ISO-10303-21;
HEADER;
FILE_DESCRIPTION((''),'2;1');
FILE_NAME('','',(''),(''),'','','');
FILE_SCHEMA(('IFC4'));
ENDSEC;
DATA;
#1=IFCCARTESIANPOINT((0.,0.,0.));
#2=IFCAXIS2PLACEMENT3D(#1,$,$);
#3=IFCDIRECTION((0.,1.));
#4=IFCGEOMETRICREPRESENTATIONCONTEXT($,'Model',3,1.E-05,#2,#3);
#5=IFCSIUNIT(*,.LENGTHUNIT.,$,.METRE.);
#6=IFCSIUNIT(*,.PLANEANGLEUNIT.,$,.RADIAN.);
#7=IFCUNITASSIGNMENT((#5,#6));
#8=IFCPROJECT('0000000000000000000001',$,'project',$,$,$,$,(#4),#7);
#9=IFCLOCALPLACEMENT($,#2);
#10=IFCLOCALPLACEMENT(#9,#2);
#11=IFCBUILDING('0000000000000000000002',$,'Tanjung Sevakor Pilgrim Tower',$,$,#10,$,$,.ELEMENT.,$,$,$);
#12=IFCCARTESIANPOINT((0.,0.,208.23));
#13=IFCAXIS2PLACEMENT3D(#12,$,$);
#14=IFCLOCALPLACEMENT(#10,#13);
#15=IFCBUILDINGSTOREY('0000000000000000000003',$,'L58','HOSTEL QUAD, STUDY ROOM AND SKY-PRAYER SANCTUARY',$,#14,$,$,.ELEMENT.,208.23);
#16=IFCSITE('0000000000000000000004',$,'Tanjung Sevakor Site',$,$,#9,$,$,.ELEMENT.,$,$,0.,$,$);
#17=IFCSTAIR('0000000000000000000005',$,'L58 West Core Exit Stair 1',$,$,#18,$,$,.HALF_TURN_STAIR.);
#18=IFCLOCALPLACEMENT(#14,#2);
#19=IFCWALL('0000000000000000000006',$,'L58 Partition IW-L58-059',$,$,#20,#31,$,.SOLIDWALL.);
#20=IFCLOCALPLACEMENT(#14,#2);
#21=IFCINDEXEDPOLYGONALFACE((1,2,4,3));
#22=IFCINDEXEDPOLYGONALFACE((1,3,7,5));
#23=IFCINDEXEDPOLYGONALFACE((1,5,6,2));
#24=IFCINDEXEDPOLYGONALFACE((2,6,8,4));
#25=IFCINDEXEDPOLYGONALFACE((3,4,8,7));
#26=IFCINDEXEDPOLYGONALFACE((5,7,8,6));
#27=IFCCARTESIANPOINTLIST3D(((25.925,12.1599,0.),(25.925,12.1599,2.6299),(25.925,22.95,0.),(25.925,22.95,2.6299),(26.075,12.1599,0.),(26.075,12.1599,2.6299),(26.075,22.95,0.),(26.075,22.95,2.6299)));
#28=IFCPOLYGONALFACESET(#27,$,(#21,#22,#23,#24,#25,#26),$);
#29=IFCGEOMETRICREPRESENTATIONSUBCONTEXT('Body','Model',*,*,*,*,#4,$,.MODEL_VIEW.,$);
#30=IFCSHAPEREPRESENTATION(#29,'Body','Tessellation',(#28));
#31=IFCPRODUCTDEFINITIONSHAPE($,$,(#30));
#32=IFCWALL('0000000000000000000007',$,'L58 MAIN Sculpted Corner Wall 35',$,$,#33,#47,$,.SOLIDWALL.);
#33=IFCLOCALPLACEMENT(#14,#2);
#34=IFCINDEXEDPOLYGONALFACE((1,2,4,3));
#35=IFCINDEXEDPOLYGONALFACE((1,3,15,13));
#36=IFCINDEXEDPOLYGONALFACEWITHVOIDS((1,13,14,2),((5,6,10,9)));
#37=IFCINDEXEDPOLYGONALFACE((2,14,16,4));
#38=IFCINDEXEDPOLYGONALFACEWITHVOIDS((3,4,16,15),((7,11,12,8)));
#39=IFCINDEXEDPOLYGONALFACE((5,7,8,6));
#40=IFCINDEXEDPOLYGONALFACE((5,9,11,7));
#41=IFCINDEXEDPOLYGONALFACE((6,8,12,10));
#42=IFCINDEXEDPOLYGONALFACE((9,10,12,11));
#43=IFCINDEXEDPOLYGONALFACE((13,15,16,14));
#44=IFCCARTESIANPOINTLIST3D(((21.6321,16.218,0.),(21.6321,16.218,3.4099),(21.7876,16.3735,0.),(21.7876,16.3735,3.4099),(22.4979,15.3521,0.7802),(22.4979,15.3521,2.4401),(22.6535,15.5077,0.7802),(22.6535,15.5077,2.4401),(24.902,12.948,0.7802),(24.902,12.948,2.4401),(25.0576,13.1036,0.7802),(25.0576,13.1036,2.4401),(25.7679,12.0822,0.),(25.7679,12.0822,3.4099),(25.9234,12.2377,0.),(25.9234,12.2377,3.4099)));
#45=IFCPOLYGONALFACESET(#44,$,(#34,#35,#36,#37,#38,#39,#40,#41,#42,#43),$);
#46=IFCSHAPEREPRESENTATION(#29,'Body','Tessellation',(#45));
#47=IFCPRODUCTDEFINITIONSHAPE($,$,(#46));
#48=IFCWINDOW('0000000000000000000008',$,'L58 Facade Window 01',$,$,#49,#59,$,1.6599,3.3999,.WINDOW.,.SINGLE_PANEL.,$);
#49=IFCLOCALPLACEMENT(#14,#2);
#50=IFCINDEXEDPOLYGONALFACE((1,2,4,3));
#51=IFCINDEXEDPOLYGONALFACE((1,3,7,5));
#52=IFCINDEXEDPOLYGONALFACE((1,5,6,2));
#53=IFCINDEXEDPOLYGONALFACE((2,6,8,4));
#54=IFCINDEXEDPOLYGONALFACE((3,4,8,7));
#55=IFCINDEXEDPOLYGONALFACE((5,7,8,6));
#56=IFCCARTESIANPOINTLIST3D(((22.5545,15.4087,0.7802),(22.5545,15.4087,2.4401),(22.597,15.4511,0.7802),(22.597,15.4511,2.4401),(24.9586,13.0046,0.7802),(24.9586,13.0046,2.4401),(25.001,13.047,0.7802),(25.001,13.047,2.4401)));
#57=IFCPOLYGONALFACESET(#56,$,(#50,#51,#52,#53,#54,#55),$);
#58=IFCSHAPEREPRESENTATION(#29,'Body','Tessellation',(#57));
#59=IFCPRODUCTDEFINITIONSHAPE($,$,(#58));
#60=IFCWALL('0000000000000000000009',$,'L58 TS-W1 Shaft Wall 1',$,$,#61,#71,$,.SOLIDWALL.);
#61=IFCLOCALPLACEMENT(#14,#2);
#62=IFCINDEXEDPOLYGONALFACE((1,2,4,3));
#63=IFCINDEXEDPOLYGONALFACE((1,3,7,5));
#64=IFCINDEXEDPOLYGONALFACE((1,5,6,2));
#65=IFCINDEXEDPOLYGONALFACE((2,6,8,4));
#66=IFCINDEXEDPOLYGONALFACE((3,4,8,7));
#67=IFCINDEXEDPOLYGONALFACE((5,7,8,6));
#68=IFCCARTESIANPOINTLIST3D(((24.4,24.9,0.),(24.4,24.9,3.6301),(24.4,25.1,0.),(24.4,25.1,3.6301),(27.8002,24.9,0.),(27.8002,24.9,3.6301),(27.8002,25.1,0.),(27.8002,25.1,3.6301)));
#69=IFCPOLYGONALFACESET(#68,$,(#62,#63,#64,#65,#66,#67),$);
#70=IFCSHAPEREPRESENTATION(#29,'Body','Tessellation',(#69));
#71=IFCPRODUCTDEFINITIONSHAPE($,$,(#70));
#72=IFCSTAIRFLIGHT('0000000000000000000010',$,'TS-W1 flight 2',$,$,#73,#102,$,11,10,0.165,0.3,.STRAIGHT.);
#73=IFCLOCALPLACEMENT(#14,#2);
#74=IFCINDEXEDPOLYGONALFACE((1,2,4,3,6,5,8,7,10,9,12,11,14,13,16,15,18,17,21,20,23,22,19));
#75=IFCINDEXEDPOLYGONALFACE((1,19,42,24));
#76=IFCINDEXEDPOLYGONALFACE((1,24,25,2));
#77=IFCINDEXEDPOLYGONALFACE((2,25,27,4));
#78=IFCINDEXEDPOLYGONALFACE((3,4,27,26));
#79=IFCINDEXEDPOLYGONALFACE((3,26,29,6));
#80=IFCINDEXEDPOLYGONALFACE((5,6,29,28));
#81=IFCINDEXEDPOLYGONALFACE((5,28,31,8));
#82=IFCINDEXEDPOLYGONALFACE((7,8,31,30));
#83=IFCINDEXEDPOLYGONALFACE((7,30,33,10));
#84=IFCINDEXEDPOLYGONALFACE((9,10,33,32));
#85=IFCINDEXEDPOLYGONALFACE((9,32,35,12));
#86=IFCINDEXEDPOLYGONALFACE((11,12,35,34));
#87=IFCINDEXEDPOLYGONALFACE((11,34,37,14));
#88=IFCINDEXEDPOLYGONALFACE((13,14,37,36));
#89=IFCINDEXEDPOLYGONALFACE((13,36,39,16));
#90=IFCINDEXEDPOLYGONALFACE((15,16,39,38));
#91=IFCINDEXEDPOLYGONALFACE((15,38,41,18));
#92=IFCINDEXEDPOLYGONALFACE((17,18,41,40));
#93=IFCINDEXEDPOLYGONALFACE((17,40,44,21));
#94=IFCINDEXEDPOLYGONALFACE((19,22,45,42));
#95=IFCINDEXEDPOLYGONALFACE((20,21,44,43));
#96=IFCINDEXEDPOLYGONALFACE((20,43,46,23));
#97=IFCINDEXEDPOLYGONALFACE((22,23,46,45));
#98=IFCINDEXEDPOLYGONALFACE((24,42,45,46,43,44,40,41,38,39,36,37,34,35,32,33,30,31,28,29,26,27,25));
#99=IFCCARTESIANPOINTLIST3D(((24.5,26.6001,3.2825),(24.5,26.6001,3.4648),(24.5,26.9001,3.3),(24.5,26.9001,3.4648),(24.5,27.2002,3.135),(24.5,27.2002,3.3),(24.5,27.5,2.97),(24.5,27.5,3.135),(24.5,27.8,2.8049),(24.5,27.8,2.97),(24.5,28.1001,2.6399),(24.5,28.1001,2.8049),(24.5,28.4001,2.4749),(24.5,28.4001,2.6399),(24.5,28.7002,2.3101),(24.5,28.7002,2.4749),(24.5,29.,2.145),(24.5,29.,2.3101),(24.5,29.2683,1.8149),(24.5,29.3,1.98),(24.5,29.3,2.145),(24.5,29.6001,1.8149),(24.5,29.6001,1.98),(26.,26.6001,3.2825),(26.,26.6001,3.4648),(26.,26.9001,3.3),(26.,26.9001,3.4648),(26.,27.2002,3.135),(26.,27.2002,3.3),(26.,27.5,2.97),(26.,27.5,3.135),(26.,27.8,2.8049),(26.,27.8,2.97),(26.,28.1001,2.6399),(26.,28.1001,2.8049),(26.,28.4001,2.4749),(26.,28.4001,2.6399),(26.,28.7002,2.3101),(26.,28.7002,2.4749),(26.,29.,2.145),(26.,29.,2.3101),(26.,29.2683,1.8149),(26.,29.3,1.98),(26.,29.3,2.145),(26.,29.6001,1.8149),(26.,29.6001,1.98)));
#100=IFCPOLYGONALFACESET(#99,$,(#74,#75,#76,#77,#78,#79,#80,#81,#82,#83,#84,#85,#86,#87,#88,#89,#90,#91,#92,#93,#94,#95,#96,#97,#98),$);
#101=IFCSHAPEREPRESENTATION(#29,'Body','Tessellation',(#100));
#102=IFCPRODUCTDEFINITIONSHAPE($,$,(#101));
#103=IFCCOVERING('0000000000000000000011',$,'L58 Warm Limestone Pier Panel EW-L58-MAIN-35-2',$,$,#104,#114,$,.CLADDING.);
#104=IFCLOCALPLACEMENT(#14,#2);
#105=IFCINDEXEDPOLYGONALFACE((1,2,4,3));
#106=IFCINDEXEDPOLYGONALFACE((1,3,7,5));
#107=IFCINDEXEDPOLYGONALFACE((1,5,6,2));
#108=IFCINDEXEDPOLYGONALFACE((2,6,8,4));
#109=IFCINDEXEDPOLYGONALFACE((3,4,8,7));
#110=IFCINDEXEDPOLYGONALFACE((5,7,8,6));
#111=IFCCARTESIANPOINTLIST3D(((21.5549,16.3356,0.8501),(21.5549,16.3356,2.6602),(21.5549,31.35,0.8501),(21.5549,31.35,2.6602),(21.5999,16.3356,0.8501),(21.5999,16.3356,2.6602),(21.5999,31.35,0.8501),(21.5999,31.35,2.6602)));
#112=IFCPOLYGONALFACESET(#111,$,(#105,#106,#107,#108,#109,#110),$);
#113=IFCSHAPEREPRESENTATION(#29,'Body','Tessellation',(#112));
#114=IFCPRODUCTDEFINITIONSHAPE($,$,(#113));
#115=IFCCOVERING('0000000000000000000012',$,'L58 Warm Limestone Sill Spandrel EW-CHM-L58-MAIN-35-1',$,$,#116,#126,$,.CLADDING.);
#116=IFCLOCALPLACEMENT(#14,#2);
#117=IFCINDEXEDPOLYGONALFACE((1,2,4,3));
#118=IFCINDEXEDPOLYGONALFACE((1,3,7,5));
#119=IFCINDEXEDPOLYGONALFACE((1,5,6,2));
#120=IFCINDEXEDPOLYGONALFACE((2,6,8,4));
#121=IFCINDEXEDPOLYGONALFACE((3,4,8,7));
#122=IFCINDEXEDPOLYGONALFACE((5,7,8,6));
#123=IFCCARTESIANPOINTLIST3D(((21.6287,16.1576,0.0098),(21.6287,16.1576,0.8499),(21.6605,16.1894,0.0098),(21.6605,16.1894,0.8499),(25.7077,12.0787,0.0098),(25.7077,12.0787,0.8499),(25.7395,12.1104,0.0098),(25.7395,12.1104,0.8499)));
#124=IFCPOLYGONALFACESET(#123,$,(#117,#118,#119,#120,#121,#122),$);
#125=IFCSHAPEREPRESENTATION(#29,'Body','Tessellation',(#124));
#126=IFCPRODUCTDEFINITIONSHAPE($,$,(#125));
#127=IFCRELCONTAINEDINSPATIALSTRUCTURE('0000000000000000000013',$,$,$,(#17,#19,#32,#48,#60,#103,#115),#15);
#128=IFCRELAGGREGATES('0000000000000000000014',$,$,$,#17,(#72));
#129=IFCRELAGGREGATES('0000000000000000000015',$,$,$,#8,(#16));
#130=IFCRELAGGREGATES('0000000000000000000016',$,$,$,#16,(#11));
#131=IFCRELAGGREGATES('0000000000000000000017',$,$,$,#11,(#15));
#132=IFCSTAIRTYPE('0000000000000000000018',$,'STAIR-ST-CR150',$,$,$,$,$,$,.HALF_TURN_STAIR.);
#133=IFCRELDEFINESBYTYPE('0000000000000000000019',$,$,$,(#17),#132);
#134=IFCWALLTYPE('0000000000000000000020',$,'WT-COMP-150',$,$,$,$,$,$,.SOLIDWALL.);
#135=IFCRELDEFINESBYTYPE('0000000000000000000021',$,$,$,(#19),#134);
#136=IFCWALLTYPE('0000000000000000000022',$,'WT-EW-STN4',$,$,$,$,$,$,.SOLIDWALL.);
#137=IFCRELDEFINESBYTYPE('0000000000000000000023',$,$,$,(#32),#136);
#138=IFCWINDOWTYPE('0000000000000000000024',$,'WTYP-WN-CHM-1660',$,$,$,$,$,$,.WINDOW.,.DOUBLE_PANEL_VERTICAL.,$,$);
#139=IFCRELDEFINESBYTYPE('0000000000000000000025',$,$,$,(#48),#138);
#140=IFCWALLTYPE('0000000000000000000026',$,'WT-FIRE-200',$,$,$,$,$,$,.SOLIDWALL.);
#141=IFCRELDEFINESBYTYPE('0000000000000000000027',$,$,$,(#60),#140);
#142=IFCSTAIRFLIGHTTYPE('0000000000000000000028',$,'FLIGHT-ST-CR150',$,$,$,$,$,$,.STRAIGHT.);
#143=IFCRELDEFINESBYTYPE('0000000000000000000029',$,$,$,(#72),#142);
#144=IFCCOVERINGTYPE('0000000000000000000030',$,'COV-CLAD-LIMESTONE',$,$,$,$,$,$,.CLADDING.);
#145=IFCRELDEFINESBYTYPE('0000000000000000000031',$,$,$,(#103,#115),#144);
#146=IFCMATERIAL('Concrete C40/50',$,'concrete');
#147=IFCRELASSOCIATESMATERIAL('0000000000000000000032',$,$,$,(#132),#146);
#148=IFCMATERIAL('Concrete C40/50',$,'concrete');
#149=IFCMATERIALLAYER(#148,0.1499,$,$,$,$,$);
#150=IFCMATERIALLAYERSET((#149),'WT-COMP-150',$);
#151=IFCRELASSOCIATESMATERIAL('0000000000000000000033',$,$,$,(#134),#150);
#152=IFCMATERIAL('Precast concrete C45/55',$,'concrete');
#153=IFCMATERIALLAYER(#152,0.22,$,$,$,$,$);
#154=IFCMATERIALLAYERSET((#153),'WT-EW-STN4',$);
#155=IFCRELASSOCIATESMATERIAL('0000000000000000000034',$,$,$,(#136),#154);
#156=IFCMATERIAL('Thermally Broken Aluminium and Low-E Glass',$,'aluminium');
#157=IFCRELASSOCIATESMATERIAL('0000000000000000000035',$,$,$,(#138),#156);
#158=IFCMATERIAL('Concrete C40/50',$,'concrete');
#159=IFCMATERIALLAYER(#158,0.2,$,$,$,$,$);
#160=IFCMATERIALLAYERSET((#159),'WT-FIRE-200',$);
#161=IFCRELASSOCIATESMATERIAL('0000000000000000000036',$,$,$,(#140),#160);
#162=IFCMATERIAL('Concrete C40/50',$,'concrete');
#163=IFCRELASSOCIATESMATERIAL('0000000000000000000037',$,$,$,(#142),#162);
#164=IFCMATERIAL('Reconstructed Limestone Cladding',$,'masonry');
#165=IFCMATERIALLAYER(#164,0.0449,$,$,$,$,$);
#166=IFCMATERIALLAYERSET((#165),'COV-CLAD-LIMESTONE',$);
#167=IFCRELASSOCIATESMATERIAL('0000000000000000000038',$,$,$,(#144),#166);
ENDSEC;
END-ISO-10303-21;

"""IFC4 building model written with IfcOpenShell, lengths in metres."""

from ifc_helpers import new_model, si_unit, direction, frame, frame_2d, origin, origin_2d, place, context, subcontext, project, spatial, polyline, rectangle, outline, extrude, material, layer, layer_set, type_object, element, fill, aggregate, save


model = new_model("IFC4")

# Units and contexts
model_context = context("Model", 3, precision=1e-05, world=origin(), true_north=direction((0.0, 1.0)))
body_context = subcontext(model_context, "Body", "Model", "MODEL_VIEW")
ifc_project = project(units=[si_unit("LENGTHUNIT", "METRE"), si_unit("PLANEANGLEUNIT", "RADIAN")], contexts=[model_context])

# Site, building, storey
site_placement = place(None, origin())
site = spatial("IfcSite", under=ifc_project, at=site_placement, Name="Tanjung Sevakor Site", CompositionType="ELEMENT", RefElevation=0.0)
building_placement = place(site_placement, origin())
building = spatial("IfcBuilding", under=site, at=building_placement, Name="Tanjung Sevakor Pilgrim Tower", CompositionType="ELEMENT")
storey_placement = place(building_placement, frame((0.0, 0.0, 208.23)))
storey = spatial("IfcBuildingStorey", under=building, at=storey_placement, Name="L58", Description="HOSTEL QUAD, STUDY ROOM AND SKY-PRAYER SANCTUARY", CompositionType="ELEMENT", Elevation=208.23)

# Stair
ifc_material_1 = material(Name="Concrete C40/50", Category="concrete")
stair_type = type_object("IfcStairType", Name="STAIR-ST-CR150", PredefinedType="HALF_TURN_STAIR", material=ifc_material_1)
stair_1_placement = place(storey_placement, origin())
stair_1 = element("IfcStair", 1, at=stair_1_placement, inside=storey, type_object=stair_type, Name="L58 West Core Exit Stair 1", PredefinedType="HALF_TURN_STAIR")

# Wall
ifc_material_2 = material(Name="Concrete C40/50", Category="concrete")
ifc_layer_1 = layer(ifc_material_2, 0.1499)
ifc_layer_set_1 = layer_set([ifc_layer_1], Name="WT-COMP-150")
wall_type_1 = type_object("IfcWallType", Name="WT-COMP-150", PredefinedType="SOLIDWALL", material=ifc_layer_set_1)
wall_1_placement = place(storey_placement, frame((26.0, 12.1599, 0.0), z_axis=(0.0, 0.0, 1.0), x_axis=(0.0, 1.0, 0.0)))
element("IfcWall", 2, at=wall_1_placement, inside=storey, type_object=wall_type_1, Name="L58 Partition IW-L58-059", PredefinedType="SOLIDWALL", context=body_context, shape_type="SweptSolid", body=[
    extrude(rectangle(XDim=10.79, YDim=0.1499, at=frame_2d((5.395, 0.0))), origin(), (0.0, 0.0, 1.0), 2.6299),
])

# Wall, opening, window
ifc_material_3 = material(Name="Precast concrete C45/55", Category="concrete")
ifc_layer_2 = layer(ifc_material_3, 0.22)
ifc_layer_set_2 = layer_set([ifc_layer_2], Name="WT-EW-STN4")
wall_type_2 = type_object("IfcWallType", Name="WT-EW-STN4", PredefinedType="SOLIDWALL", material=ifc_layer_set_2)
wall_2_placement = place(storey_placement, frame((21.71, 16.2957, 0.0), z_axis=(0.0, 0.0, 1.0), x_axis=(0.707107, -0.707107, 0.0)))
wall_2 = element("IfcWall", 3, at=wall_2_placement, inside=storey, type_object=wall_type_2, Name="L58 MAIN Sculpted Corner Wall 35", PredefinedType="SOLIDWALL", context=body_context, shape_type="SweptSolid", body=[
    extrude(rectangle(XDim=5.8489, YDim=0.22, at=frame_2d((2.9243, 0.0))), origin(), (0.0, 0.0, 1.0), 3.4099),
])
opening_1_placement = place(wall_2_placement, frame((1.2244, 0.0, 0.78)))
opening_1 = element("IfcOpeningElement", 4, at=opening_1_placement, cuts=wall_2, PredefinedType="OPENING", context=body_context, shape_type="SweptSolid", body=[
    extrude(rectangle(XDim=3.3999, YDim=1.6599, at=frame_2d((1.7, 0.8301))), frame((0.0, 0.1199, 0.0), z_axis=(0.0, -1.0, 0.0), x_axis=(1.0, 0.0, 0.0)), (0.0, 0.0, 1.0), 0.24),
])
ifc_material_4 = material(Name="Thermally Broken Aluminium and Low-E Glass", Category="aluminium")
window_type = type_object("IfcWindowType", Name="WTYP-WN-CHM-1660", PartitioningType="DOUBLE_PANEL_VERTICAL", PredefinedType="WINDOW", material=ifc_material_4)
window_placement = place(opening_1_placement, origin())
window = element("IfcWindow", 5, at=window_placement, inside=storey, type_object=window_type, Name="L58 Facade Window 01", OverallHeight=1.6599, OverallWidth=3.3999, PartitioningType="SINGLE_PANEL", PredefinedType="WINDOW", context=body_context, shape_type="SweptSolid", body=[
    extrude(rectangle(XDim=3.3999, YDim=1.6599, at=frame_2d((1.7, 0.8301))), frame((0.0, 0.03, 0.0), z_axis=(0.0, -1.0, 0.0), x_axis=(1.0, 0.0, 0.0)), (0.0, 0.0, 1.0), 0.0601),
])
fill(opening_1, window)

# Wall
ifc_material_5 = material(Name="Concrete C40/50", Category="concrete")
ifc_layer_3 = layer(ifc_material_5, 0.2)
ifc_layer_set_3 = layer_set([ifc_layer_3], Name="WT-FIRE-200")
wall_type_3 = type_object("IfcWallType", Name="WT-FIRE-200", PredefinedType="SOLIDWALL", material=ifc_layer_set_3)
wall_3_placement = place(storey_placement, frame((24.3999, 25.0, 0.0), z_axis=(0.0, 0.0, 1.0), x_axis=(1.0, 0.0, 0.0)))
element("IfcWall", 6, at=wall_3_placement, inside=storey, type_object=wall_type_3, Name="L58 TS-W1 Shaft Wall 1", PredefinedType="SOLIDWALL", context=body_context, shape_type="SweptSolid", body=[
    extrude(rectangle(XDim=3.4001, YDim=0.2, at=frame_2d((1.7002, 0.0))), origin(), (0.0, 0.0, 1.0), 3.6301),
])

# Stair flight
ifc_material_6 = material(Name="Concrete C40/50", Category="concrete")
stair_flight_type = type_object("IfcStairFlightType", Name="FLIGHT-ST-CR150", PredefinedType="STRAIGHT", material=ifc_material_6)
stair_flight_placement = place(storey_placement, frame((25.25, 29.6001, 1.8149), z_axis=(0.0, 0.0, 1.0), x_axis=(0.0, -1.0, 0.0)))
stair_flight = element("IfcStairFlight", 7, at=stair_flight_placement, type_object=stair_flight_type, Name="TS-W1 flight 2", NumberOfRisers=11, NumberOfTreads=10, PredefinedType="STRAIGHT", RiserHeight=0.165, TreadLength=0.3, context=body_context, shape_type="SweptSolid", body=[
    extrude(outline(polyline([(0.0, 0.0), (0.0, 0.165), (0.3, 0.165), (0.3, 0.3301), (0.6001, 0.3301), (0.6001, 0.4951), (0.8999, 0.4951), (0.8999, 0.6599), (1.2, 0.6599), (1.2, 0.825), (1.5, 0.825), (1.5, 0.99), (1.8, 0.99), (1.8, 1.155), (2.1001, 1.155), (2.1001, 1.3201), (2.3999, 1.3201), (2.3999, 1.4851), (2.7, 1.4851), (2.7, 1.6499), (3.0, 1.6499), (3.0, 1.8149), (3.0, 1.4675), (0.3318, 0.0), (0.0, 0.0)])), frame((0.0, 0.75, 0.0), z_axis=(0.0, -1.0, 0.0), x_axis=(1.0, 0.0, 0.0)), (0.0, 0.0, 1.0), 1.5),
])
aggregate(stair_1, [stair_flight])

# Coverings
ifc_material_7 = material(Name="Reconstructed Limestone Cladding", Category="masonry")
ifc_layer_4 = layer(ifc_material_7, 0.0449)
ifc_layer_set_4 = layer_set([ifc_layer_4], Name="COV-CLAD-LIMESTONE")
covering_type = type_object("IfcCoveringType", Name="COV-CLAD-LIMESTONE", PredefinedType="CLADDING", material=ifc_layer_set_4)
covering_1_placement = place(storey_placement, frame((21.5774, 23.8428, 0.8501), z_axis=(0.0, 0.0, 1.0), x_axis=(0.0, -1.0, 0.0)))
element("IfcCovering", 8, at=covering_1_placement, inside=storey, type_object=covering_type, Name="L58 Warm Limestone Pier Panel EW-L58-MAIN-35-2", PredefinedType="CLADDING", context=body_context, shape_type="SweptSolid", body=[
    extrude(rectangle(XDim=15.0144, YDim=0.0449, at=origin_2d()), origin(), (0.0, 0.0, 1.0), 1.8101),
])
covering_2_placement = place(storey_placement, frame((23.6841, 14.134, 0.0098), z_axis=(0.0, 0.0, 1.0), x_axis=(0.707107, -0.707107, 0.0)))
element("IfcCovering", 9, at=covering_2_placement, inside=storey, type_object=covering_type, Name="L58 Warm Limestone Sill Spandrel EW-CHM-L58-MAIN-35-1", PredefinedType="CLADDING", context=body_context, shape_type="SweptSolid", body=[
    extrude(rectangle(XDim=5.7686, YDim=0.0449, at=origin_2d()), origin(), (0.0, 0.0, 1.0), 0.8401),
])

save(model, "model.ifc")
